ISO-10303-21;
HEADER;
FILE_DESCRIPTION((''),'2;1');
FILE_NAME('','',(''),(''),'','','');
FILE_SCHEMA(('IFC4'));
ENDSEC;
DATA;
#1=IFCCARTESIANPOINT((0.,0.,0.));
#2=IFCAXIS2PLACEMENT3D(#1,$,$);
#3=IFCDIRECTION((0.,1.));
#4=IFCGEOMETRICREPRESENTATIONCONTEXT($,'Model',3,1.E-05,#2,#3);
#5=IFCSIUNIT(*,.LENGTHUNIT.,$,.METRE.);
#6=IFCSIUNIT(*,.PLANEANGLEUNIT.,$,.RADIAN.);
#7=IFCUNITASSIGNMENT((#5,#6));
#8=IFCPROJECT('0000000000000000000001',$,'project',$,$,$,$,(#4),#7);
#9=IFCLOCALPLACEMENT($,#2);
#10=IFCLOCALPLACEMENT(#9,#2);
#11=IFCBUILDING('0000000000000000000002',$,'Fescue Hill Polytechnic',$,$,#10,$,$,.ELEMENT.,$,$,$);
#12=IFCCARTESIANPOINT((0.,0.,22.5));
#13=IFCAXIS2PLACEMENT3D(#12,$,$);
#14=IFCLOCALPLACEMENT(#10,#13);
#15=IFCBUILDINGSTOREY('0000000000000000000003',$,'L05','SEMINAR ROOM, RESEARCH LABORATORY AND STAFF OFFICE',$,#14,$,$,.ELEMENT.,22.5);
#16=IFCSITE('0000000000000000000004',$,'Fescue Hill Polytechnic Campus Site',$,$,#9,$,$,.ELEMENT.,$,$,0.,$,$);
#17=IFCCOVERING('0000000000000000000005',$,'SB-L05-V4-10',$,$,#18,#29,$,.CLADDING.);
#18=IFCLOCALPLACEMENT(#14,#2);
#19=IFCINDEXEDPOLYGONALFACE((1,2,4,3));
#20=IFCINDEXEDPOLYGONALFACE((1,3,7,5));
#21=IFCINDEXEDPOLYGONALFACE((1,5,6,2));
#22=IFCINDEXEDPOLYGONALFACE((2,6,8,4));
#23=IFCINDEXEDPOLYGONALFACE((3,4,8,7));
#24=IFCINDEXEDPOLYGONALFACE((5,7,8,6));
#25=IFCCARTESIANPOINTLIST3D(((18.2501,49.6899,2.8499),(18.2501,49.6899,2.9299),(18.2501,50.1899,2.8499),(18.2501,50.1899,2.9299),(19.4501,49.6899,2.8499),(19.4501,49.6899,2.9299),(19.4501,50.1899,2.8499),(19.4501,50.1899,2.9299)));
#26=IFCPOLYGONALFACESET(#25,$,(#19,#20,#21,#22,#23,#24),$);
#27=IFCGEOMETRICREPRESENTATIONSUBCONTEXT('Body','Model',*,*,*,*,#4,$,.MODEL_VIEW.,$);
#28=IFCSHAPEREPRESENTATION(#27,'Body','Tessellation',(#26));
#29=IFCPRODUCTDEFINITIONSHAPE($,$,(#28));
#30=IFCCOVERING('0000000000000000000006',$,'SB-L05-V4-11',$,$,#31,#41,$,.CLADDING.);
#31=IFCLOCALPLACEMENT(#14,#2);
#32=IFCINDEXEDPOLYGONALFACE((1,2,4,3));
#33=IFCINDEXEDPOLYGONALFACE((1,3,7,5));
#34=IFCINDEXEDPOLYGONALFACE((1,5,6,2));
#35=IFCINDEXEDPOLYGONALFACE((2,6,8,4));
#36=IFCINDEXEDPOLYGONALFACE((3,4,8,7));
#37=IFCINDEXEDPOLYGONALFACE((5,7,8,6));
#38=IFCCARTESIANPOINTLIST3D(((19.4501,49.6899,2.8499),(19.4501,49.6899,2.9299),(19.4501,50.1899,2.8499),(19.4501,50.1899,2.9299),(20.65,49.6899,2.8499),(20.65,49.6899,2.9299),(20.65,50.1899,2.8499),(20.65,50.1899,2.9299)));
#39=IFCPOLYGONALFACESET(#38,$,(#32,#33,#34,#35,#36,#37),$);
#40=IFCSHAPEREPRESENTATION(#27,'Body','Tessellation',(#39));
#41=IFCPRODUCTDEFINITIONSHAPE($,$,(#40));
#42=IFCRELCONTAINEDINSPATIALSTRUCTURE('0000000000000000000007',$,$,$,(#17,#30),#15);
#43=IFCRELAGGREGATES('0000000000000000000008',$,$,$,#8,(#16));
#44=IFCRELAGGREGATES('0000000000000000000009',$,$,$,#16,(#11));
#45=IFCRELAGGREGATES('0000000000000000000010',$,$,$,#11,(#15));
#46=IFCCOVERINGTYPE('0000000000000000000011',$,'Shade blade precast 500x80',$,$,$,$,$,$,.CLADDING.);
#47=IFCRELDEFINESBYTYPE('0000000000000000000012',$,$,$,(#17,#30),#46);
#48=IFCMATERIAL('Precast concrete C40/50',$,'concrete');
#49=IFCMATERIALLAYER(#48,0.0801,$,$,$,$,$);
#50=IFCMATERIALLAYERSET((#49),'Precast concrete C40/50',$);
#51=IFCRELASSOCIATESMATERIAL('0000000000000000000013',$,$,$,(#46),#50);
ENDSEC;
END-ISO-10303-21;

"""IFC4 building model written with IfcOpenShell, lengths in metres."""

from ifc_helpers import new_model, si_unit, direction, frame, origin, origin_2d, place, context, subcontext, project, spatial, rectangle, extrude, material, layer, layer_set, type_object, element, save


model = new_model("IFC4")

# Units and contexts
model_context = context("Model", 3, precision=1e-05, world=origin(), true_north=direction((0.0, 1.0)))
body_context = subcontext(model_context, "Body", "Model", "MODEL_VIEW")
ifc_project = project(units=[si_unit("LENGTHUNIT", "METRE"), si_unit("PLANEANGLEUNIT", "RADIAN")], contexts=[model_context])

# Site, building, storey
site_placement = place(None, origin())
site = spatial("IfcSite", under=ifc_project, at=site_placement, Name="Fescue Hill Polytechnic Campus Site", CompositionType="ELEMENT", RefElevation=0.0)
building_placement = place(site_placement, origin())
building = spatial("IfcBuilding", under=site, at=building_placement, Name="Fescue Hill Polytechnic", CompositionType="ELEMENT")
storey_placement = place(building_placement, frame((0.0, 0.0, 22.5)))
storey = spatial("IfcBuildingStorey", under=building, at=storey_placement, Name="L05", Description="SEMINAR ROOM, RESEARCH LABORATORY AND STAFF OFFICE", CompositionType="ELEMENT", Elevation=22.5)

# Coverings
ifc_material_1 = material(Name="Precast concrete C40/50", Category="concrete")
ifc_layer_1 = layer(ifc_material_1, 0.0801)
ifc_layer_set_1 = layer_set([ifc_layer_1], Name="Precast concrete C40/50")
covering_type = type_object("IfcCoveringType", Name="Shade blade precast 500x80", PredefinedType="CLADDING", material=ifc_layer_set_1)
for number, where, z_axis, x_axis, name in (
    (1, (18.8501, 49.9399, 2.8499), (0.0, 0.0, 1.0), (1.0, 0.0, 0.0), "SB-L05-V4-10"),
    (2, (20.05, 49.9399, 2.8499), (0.0, 0.0, 1.0), (1.0, 0.0, 0.0), "SB-L05-V4-11"),
):
    element("IfcCovering", number, at=place(storey_placement, frame(where, z_axis=z_axis, x_axis=x_axis)), inside=storey, type_object=covering_type, Name=name, PredefinedType="CLADDING", context=body_context, shape_type="SweptSolid", body=[
        extrude(rectangle(XDim=1.2, YDim=0.5, at=origin_2d()), origin(), (0.0, 0.0, 1.0), 0.0801),
    ])

save(model, "model.ifc")
